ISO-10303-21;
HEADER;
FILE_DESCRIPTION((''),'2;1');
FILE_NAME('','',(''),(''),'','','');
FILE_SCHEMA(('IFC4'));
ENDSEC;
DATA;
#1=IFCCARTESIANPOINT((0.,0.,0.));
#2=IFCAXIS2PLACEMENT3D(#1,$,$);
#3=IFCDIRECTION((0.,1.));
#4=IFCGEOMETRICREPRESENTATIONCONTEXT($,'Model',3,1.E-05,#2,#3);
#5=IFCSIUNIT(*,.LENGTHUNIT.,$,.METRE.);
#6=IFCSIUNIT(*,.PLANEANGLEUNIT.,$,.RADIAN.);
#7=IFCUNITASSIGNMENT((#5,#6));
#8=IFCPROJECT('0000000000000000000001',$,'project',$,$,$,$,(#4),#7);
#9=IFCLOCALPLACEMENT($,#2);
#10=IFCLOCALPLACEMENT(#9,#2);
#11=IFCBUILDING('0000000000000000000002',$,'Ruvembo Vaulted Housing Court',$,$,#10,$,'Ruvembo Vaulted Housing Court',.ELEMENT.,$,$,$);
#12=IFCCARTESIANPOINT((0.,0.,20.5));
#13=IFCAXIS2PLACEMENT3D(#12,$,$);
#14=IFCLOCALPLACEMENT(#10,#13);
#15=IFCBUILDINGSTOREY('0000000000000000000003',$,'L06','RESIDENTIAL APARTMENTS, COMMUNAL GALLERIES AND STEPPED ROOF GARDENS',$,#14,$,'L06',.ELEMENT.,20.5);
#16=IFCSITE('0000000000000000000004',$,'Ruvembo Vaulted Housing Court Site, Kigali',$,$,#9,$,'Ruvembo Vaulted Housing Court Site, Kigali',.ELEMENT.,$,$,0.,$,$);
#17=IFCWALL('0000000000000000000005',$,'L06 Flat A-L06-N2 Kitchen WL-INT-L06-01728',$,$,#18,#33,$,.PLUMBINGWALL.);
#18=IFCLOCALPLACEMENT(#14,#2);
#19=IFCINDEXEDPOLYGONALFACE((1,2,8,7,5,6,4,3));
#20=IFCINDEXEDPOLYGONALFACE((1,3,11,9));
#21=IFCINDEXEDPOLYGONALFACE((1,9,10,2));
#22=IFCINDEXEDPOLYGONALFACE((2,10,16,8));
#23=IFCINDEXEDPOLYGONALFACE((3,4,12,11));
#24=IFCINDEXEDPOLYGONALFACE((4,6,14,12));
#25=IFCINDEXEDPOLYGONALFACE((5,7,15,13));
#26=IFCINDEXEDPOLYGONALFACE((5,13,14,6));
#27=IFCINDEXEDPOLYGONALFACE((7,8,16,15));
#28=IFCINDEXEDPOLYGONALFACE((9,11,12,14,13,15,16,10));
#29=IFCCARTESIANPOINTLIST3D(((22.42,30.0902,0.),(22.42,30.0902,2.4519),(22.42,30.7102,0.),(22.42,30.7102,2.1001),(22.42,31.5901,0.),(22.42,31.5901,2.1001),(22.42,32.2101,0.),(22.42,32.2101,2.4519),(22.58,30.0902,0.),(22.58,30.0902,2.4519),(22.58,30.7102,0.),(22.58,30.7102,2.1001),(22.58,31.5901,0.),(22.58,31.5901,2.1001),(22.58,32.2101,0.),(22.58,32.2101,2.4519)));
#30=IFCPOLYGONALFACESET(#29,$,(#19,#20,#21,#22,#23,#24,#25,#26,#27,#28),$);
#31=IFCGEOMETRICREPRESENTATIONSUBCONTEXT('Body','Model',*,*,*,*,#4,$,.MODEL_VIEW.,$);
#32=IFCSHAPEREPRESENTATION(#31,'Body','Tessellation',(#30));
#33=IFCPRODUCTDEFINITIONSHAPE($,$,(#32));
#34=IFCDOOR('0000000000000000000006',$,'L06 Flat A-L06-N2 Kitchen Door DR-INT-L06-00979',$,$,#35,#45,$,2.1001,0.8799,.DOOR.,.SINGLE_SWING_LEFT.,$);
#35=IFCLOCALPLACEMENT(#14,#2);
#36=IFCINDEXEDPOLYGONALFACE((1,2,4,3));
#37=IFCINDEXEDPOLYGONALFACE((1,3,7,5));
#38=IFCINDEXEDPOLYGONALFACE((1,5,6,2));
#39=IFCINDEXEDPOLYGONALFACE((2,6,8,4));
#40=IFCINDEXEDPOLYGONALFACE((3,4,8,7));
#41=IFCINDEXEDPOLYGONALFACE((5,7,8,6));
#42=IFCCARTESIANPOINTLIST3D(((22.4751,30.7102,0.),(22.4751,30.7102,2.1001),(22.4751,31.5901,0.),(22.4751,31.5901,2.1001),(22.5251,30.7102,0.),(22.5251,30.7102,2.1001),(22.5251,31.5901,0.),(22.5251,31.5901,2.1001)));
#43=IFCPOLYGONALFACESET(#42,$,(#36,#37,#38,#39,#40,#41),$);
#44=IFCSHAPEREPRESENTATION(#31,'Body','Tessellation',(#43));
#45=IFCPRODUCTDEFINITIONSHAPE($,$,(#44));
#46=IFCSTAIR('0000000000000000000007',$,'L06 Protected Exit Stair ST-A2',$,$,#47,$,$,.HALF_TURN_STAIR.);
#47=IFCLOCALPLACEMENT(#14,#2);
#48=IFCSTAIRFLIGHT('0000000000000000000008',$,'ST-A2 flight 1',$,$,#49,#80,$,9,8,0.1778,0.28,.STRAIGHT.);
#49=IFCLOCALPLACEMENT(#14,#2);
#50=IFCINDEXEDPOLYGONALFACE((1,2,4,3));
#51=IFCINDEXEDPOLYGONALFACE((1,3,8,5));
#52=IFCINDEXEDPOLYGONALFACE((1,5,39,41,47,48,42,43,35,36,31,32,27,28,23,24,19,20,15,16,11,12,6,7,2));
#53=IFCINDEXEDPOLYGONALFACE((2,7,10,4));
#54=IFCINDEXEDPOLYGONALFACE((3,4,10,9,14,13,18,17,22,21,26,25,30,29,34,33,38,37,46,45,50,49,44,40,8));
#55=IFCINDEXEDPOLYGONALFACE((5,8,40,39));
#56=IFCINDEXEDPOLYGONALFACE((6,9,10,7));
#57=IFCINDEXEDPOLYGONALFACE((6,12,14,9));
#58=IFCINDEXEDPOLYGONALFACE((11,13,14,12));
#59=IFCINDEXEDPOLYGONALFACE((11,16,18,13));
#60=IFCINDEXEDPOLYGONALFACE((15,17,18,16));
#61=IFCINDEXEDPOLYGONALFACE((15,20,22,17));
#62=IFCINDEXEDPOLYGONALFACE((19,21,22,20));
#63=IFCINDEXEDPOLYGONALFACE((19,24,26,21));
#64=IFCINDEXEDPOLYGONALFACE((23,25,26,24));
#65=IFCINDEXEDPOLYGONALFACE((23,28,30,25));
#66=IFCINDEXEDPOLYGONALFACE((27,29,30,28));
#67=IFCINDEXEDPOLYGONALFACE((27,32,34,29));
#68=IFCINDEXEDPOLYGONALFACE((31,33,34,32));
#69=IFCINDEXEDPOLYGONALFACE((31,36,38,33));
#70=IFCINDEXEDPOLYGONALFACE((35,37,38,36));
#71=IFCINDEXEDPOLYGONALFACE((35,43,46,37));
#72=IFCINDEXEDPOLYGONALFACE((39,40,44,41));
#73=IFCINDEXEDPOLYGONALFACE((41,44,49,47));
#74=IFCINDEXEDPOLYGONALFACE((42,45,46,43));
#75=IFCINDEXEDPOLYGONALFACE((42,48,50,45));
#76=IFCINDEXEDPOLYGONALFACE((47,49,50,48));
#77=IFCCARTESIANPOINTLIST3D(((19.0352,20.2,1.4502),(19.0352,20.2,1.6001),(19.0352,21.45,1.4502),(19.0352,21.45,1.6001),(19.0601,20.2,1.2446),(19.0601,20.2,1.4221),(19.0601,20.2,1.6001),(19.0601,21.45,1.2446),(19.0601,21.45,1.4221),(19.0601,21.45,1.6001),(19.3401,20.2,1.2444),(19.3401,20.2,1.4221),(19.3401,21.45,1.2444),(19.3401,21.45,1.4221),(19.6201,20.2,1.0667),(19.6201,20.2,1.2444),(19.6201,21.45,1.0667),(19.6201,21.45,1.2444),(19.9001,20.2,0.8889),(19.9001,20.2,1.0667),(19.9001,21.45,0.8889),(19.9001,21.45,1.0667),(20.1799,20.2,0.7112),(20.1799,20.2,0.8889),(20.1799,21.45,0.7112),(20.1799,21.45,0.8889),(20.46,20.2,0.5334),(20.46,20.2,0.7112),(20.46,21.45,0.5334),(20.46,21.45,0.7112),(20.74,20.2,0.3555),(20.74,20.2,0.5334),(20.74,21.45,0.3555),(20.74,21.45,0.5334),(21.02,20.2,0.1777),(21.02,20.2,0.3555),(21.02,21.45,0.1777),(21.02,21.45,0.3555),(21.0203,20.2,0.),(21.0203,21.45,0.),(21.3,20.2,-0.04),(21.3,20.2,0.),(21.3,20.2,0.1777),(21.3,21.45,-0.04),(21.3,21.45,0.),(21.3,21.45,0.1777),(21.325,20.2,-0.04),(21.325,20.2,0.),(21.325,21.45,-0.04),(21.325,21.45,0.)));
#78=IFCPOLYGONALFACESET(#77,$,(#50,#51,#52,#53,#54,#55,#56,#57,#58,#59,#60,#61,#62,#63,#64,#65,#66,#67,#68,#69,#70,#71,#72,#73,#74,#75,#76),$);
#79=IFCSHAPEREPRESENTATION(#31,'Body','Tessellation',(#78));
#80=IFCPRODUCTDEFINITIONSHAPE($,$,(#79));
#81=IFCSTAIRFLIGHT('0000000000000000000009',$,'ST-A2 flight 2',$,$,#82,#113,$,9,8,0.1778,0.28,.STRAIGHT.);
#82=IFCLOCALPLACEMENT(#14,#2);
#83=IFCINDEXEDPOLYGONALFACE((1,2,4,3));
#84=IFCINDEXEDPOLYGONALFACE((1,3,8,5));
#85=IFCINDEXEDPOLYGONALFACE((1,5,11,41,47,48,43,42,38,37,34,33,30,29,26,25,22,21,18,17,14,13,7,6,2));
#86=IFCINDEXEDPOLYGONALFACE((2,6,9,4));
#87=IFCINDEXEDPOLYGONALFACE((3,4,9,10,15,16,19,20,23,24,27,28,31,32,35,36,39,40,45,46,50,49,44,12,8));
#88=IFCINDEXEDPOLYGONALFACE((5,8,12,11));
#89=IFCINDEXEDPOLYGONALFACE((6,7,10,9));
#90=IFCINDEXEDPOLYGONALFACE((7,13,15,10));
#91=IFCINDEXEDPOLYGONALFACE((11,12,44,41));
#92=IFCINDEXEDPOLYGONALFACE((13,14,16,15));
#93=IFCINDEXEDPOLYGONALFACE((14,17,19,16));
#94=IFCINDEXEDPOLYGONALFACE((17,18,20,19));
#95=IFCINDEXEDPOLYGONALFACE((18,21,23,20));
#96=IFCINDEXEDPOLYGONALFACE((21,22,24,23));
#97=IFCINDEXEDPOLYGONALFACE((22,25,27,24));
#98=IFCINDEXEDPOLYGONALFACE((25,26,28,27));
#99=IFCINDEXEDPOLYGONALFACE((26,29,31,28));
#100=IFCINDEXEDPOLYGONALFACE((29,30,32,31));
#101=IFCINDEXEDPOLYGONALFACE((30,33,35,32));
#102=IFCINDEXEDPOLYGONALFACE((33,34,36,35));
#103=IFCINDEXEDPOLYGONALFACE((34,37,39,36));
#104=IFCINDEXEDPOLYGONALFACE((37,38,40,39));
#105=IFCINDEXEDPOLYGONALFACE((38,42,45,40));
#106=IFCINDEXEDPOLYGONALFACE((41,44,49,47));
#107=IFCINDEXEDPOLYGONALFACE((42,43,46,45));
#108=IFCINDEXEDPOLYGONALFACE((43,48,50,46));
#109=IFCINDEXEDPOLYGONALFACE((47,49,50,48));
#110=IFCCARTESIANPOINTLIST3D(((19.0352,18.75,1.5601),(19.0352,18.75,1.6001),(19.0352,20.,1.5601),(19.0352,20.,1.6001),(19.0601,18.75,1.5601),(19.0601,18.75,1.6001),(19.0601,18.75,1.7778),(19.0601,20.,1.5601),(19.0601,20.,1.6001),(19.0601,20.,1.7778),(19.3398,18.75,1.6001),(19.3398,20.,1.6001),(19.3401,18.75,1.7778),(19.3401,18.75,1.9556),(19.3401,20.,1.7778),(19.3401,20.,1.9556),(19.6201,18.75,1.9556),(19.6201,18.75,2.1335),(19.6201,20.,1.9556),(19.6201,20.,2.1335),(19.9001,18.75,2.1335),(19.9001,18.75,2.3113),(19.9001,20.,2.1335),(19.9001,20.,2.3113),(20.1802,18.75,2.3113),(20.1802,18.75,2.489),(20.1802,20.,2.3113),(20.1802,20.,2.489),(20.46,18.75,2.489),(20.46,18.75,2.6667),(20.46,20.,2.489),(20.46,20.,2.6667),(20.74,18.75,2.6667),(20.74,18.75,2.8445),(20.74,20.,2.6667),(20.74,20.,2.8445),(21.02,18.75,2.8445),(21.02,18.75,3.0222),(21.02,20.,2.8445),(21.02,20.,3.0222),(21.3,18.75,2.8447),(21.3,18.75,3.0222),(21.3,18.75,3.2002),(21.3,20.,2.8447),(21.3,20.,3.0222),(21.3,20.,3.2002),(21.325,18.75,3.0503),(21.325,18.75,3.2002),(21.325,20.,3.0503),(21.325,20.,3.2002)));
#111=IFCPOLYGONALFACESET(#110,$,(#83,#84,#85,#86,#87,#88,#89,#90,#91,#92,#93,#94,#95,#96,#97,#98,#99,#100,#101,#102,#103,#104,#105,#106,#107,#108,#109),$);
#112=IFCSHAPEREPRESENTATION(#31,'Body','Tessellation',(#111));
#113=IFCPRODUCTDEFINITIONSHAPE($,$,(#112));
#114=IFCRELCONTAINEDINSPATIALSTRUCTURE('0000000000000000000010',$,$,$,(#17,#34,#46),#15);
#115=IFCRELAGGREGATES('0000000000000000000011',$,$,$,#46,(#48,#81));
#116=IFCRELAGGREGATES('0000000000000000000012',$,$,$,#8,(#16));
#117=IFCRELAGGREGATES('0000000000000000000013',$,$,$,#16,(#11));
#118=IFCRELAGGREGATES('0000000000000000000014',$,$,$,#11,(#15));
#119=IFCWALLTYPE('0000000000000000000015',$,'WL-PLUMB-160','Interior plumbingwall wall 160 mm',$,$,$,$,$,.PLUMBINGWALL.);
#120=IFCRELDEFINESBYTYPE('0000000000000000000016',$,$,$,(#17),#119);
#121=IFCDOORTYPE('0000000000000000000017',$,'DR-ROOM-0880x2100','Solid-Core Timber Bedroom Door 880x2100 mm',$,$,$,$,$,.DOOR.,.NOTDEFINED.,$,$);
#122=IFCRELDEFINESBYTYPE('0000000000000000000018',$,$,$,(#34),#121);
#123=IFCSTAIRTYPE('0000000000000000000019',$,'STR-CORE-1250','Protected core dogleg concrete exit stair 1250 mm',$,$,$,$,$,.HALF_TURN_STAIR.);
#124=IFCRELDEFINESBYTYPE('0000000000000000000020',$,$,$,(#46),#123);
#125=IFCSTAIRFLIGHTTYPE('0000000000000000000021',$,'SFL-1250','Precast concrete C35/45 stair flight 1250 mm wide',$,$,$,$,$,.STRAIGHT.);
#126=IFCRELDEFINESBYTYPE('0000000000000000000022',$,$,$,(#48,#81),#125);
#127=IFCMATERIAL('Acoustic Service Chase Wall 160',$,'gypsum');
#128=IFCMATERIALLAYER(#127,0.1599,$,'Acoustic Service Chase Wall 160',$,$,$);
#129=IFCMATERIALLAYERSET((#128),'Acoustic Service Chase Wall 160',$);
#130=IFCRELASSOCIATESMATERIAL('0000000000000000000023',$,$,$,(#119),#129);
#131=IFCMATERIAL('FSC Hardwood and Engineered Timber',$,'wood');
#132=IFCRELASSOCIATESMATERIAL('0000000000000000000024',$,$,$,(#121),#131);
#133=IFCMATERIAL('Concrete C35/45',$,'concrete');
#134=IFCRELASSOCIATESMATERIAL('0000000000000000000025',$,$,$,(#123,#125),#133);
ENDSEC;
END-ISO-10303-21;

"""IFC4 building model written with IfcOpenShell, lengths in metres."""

from ifc_helpers import new_model, si_unit, direction, frame, frame_2d, origin, place, context, subcontext, project, spatial, polyline, rectangle, outline, extrude, material, layer, layer_set, type_object, element, fill, aggregate, save


model = new_model("IFC4")

# Units and contexts
model_context = context("Model", 3, precision=1e-05, world=origin(), true_north=direction((0.0, 1.0)))
body_context = subcontext(model_context, "Body", "Model", "MODEL_VIEW")
ifc_project = project(units=[si_unit("LENGTHUNIT", "METRE"), si_unit("PLANEANGLEUNIT", "RADIAN")], contexts=[model_context])

# Site, building, storey
site_placement = place(None, origin())
site = spatial("IfcSite", under=ifc_project, at=site_placement, Name="Ruvembo Vaulted Housing Court Site, Kigali", LongName="Ruvembo Vaulted Housing Court Site, Kigali", CompositionType="ELEMENT", RefElevation=0.0)
building_placement = place(site_placement, origin())
building = spatial("IfcBuilding", under=site, at=building_placement, Name="Ruvembo Vaulted Housing Court", LongName="Ruvembo Vaulted Housing Court", CompositionType="ELEMENT")
storey_placement = place(building_placement, frame((0.0, 0.0, 20.5)))
storey = spatial("IfcBuildingStorey", under=building, at=storey_placement, Name="L06", Description="RESIDENTIAL APARTMENTS, COMMUNAL GALLERIES AND STEPPED ROOF GARDENS", LongName="L06", CompositionType="ELEMENT", Elevation=20.5)

# Shared definitions
ifc_material_1 = material(Name="Concrete C35/45", Category="concrete")

# Shared definitions
ifc_material_2 = material(Name="FSC Hardwood and Engineered Timber", Category="wood")

# Wall, opening, door
ifc_material_3 = material(Name="Acoustic Service Chase Wall 160", Category="gypsum")
ifc_layer_1 = layer(ifc_material_3, 0.1599, Name="Acoustic Service Chase Wall 160")
ifc_layer_set_1 = layer_set([ifc_layer_1], Name="Acoustic Service Chase Wall 160")
wall_type_1 = type_object("IfcWallType", Name="WL-PLUMB-160", Description="Interior plumbingwall wall 160 mm", PredefinedType="PLUMBINGWALL", material=ifc_layer_set_1)
wall_1_placement = place(storey_placement, frame((22.5, 30.0901, 0.0), z_axis=(0.0, 0.0, 1.0), x_axis=(0.0, 1.0, 0.0)))
wall_1 = element("IfcWall", 1, at=wall_1_placement, inside=storey, type_object=wall_type_1, Name="L06 Flat A-L06-N2 Kitchen WL-INT-L06-01728", PredefinedType="PLUMBINGWALL", context=body_context, shape_type="SweptSolid", body=[
    extrude(rectangle(XDim=2.1199, YDim=0.1599, at=frame_2d((1.0601, 0.0))), origin(), (0.0, 0.0, 1.0), 2.4519),
])
opening_1_placement = place(wall_1_placement, frame((0.6201, 0.0, 0.0)))
opening_1 = element("IfcOpeningElement", 2, at=opening_1_placement, cuts=wall_1, PredefinedType="OPENING", context=body_context, shape_type="SweptSolid", body=[
    extrude(rectangle(XDim=0.8799, YDim=2.1001, at=frame_2d((0.4399, 1.05))), frame((0.0, 0.0898, 0.0), z_axis=(0.0, -1.0, 0.0), x_axis=(1.0, 0.0, 0.0)), (0.0, 0.0, 1.0), 0.1799),
])
door_type_1 = type_object("IfcDoorType", Name="DR-ROOM-0880x2100", Description="Solid-Core Timber Bedroom Door 880x2100 mm", OperationType="NOTDEFINED", PredefinedType="DOOR", material=ifc_material_2)
door_1_placement = place(opening_1_placement, origin())
door_1 = element("IfcDoor", 3, at=door_1_placement, inside=storey, type_object=door_type_1, Name="L06 Flat A-L06-N2 Kitchen Door DR-INT-L06-00979", OperationType="SINGLE_SWING_LEFT", OverallHeight=2.1001, OverallWidth=0.8799, PredefinedType="DOOR", context=body_context, shape_type="SweptSolid", body=[
    extrude(rectangle(XDim=0.8799, YDim=2.1001, at=frame_2d((0.4399, 1.05))), frame((0.0, 0.0249, 0.0), z_axis=(0.0, -1.0, 0.0), x_axis=(1.0, 0.0, 0.0)), (0.0, 0.0, 1.0), 0.05),
])
fill(opening_1, door_1)

# Stair, stair flights
stair_type = type_object("IfcStairType", Name="STR-CORE-1250", Description="Protected core dogleg concrete exit stair 1250 mm", PredefinedType="HALF_TURN_STAIR", material=ifc_material_1)
stair_placement = place(storey_placement, origin())
stair = element("IfcStair", 4, at=stair_placement, inside=storey, type_object=stair_type, Name="L06 Protected Exit Stair ST-A2", PredefinedType="HALF_TURN_STAIR")
stair_flight_type = type_object("IfcStairFlightType", Name="SFL-1250", Description="Precast concrete C35/45 stair flight 1250 mm wide", PredefinedType="STRAIGHT", material=ifc_material_1)
stair_flight_1_placement = place(storey_placement, frame((21.3, 20.825, 0.0), z_axis=(0.0, 0.0, 1.0), x_axis=(-1.0, 0.0, 0.0)))
stair_flight_1 = element("IfcStairFlight", 5, at=stair_flight_1_placement, type_object=stair_flight_type, Name="ST-A2 flight 1", NumberOfRisers=9, NumberOfTreads=8, PredefinedType="STRAIGHT", RiserHeight=0.1778, TreadLength=0.28, context=body_context, shape_type="SweptSolid", body=[
    extrude(outline(polyline([(-0.0249, -0.04), (-0.0249, 0.0), (0.0, 0.0), (0.0, 0.1777), (0.28, 0.1777), (0.28, 0.3555), (0.5601, 0.3555), (0.5601, 0.5334), (0.8401, 0.5334), (0.8401, 0.7112), (1.1201, 0.7112), (1.1201, 0.8889), (1.3999, 0.8889), (1.3999, 1.0667), (1.6799, 1.0667), (1.6799, 1.2444), (1.96, 1.2444), (1.96, 1.4221), (2.24, 1.4221), (2.24, 1.6001), (2.2649, 1.6001), (2.2649, 1.4502), (2.24, 1.2446), (0.2798, 0.0), (0.0, -0.04), (-0.0249, -0.04)])), frame((0.0, 0.625, 0.0), z_axis=(0.0, -1.0, 0.0), x_axis=(1.0, 0.0, 0.0)), (0.0, 0.0, 1.0), 1.25),
])
stair_flight_2_placement = place(storey_placement, frame((19.0601, 19.375, 1.6001), z_axis=(0.0, 0.0, 1.0), x_axis=(1.0, 0.0, 0.0)))
stair_flight_2 = element("IfcStairFlight", 6, at=stair_flight_2_placement, type_object=stair_flight_type, Name="ST-A2 flight 2", NumberOfRisers=9, NumberOfTreads=8, PredefinedType="STRAIGHT", RiserHeight=0.1778, TreadLength=0.28, context=body_context, shape_type="SweptSolid", body=[
    extrude(outline(polyline([(-0.0249, -0.04), (-0.0249, 0.0), (0.0, 0.0), (0.0, 0.1777), (0.28, 0.1777), (0.28, 0.3555), (0.5601, 0.3555), (0.5601, 0.5334), (0.8401, 0.5334), (0.8401, 0.7112), (1.1201, 0.7112), (1.1201, 0.8889), (1.3999, 0.8889), (1.3999, 1.0667), (1.6799, 1.0667), (1.6799, 1.2444), (1.96, 1.2444), (1.96, 1.4221), (2.24, 1.4221), (2.24, 1.6001), (2.2649, 1.6001), (2.2649, 1.4502), (2.24, 1.2446), (0.2798, 0.0), (0.0, -0.04), (-0.0249, -0.04)])), frame((0.0, 0.625, 0.0), z_axis=(0.0, -1.0, 0.0), x_axis=(1.0, 0.0, 0.0)), (0.0, 0.0, 1.0), 1.25),
])
aggregate(stair, [stair_flight_1, stair_flight_2])

save(model, "model.ifc")
